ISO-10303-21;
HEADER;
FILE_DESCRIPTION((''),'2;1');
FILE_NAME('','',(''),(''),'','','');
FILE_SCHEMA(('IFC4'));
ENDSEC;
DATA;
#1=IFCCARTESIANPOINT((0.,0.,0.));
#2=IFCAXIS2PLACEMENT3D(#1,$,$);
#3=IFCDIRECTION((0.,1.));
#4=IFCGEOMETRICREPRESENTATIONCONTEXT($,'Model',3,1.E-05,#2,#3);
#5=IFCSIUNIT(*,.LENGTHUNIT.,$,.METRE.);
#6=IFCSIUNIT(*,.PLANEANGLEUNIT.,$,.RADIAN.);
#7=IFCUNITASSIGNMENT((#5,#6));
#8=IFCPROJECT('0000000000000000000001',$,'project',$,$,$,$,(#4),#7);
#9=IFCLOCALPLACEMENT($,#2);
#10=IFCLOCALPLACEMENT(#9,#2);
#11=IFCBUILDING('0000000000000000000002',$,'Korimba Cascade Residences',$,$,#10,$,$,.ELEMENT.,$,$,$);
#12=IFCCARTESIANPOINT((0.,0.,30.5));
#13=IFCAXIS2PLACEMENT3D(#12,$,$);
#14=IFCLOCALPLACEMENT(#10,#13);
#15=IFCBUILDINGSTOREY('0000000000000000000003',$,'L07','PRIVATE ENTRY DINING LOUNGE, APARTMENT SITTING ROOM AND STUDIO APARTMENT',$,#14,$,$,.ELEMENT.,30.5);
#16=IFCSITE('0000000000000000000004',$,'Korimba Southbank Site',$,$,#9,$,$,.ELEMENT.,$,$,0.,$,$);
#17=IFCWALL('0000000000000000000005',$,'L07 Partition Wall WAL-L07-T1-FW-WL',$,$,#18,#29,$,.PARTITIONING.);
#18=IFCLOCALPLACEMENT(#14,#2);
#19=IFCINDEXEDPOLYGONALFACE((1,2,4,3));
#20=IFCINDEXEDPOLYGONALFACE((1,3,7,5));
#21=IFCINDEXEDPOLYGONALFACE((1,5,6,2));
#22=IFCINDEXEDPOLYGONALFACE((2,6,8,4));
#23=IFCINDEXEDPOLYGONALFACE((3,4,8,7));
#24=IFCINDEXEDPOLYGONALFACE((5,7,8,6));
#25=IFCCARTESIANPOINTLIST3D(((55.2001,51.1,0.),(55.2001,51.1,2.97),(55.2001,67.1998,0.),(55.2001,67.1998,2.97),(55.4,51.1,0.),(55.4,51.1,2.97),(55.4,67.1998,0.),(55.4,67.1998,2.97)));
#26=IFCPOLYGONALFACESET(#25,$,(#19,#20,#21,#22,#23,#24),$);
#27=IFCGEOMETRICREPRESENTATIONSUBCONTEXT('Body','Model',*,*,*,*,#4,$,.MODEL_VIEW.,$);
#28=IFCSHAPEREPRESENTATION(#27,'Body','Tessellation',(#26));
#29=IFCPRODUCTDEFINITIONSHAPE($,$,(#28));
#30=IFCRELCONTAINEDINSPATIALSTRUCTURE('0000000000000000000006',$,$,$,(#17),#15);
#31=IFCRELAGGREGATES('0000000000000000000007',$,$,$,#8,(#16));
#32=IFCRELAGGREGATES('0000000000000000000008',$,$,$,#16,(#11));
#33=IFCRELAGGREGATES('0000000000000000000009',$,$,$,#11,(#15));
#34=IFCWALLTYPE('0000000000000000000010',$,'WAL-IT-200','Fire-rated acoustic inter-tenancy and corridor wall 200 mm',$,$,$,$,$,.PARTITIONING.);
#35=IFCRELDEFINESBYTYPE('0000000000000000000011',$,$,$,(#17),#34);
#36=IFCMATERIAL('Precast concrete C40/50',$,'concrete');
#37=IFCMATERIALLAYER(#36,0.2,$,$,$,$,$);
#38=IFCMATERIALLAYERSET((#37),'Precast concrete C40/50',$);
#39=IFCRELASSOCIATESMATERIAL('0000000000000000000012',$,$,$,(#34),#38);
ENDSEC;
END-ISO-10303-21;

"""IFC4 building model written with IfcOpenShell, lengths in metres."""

from ifc_helpers import new_model, si_unit, direction, frame, frame_2d, origin, place, context, subcontext, project, spatial, rectangle, extrude, material, layer, layer_set, type_object, element, save


model = new_model("IFC4")

# Units and contexts
model_context = context("Model", 3, precision=1e-05, world=origin(), true_north=direction((0.0, 1.0)))
body_context = subcontext(model_context, "Body", "Model", "MODEL_VIEW")
ifc_project = project(units=[si_unit("LENGTHUNIT", "METRE"), si_unit("PLANEANGLEUNIT", "RADIAN")], contexts=[model_context])

# Site, building, storey
site_placement = place(None, origin())
site = spatial("IfcSite", under=ifc_project, at=site_placement, Name="Korimba Southbank Site", CompositionType="ELEMENT", RefElevation=0.0)
building_placement = place(site_placement, origin())
building = spatial("IfcBuilding", under=site, at=building_placement, Name="Korimba Cascade Residences", CompositionType="ELEMENT")
storey_placement = place(building_placement, frame((0.0, 0.0, 30.5)))
storey = spatial("IfcBuildingStorey", under=building, at=storey_placement, Name="L07", Description="PRIVATE ENTRY DINING LOUNGE, APARTMENT SITTING ROOM AND STUDIO APARTMENT", CompositionType="ELEMENT", Elevation=30.5)

# Shared definitions
ifc_material_1 = material(Name="Precast concrete C40/50", Category="concrete")

# Wall
ifc_layer_1 = layer(ifc_material_1, 0.2)
ifc_layer_set_1 = layer_set([ifc_layer_1], Name="Precast concrete C40/50")
wall_type_1 = type_object("IfcWallType", Name="WAL-IT-200", Description="Fire-rated acoustic inter-tenancy and corridor wall 200 mm", PredefinedType="PARTITIONING", material=ifc_layer_set_1)
wall_1_placement = place(storey_placement, frame((55.3, 51.1001, 0.0), z_axis=(0.0, 0.0, 1.0), x_axis=(0.0, 1.0, 0.0)))
element("IfcWall", 1, at=wall_1_placement, inside=storey, type_object=wall_type_1, Name="L07 Partition Wall WAL-L07-T1-FW-WL", PredefinedType="PARTITIONING", context=body_context, shape_type="SweptSolid", body=[
    extrude(rectangle(XDim=16.0999, YDim=0.2, at=frame_2d((8.0498, 0.0))), origin(), (0.0, 0.0, 1.0), 2.97),
])

save(model, "model.ifc")
